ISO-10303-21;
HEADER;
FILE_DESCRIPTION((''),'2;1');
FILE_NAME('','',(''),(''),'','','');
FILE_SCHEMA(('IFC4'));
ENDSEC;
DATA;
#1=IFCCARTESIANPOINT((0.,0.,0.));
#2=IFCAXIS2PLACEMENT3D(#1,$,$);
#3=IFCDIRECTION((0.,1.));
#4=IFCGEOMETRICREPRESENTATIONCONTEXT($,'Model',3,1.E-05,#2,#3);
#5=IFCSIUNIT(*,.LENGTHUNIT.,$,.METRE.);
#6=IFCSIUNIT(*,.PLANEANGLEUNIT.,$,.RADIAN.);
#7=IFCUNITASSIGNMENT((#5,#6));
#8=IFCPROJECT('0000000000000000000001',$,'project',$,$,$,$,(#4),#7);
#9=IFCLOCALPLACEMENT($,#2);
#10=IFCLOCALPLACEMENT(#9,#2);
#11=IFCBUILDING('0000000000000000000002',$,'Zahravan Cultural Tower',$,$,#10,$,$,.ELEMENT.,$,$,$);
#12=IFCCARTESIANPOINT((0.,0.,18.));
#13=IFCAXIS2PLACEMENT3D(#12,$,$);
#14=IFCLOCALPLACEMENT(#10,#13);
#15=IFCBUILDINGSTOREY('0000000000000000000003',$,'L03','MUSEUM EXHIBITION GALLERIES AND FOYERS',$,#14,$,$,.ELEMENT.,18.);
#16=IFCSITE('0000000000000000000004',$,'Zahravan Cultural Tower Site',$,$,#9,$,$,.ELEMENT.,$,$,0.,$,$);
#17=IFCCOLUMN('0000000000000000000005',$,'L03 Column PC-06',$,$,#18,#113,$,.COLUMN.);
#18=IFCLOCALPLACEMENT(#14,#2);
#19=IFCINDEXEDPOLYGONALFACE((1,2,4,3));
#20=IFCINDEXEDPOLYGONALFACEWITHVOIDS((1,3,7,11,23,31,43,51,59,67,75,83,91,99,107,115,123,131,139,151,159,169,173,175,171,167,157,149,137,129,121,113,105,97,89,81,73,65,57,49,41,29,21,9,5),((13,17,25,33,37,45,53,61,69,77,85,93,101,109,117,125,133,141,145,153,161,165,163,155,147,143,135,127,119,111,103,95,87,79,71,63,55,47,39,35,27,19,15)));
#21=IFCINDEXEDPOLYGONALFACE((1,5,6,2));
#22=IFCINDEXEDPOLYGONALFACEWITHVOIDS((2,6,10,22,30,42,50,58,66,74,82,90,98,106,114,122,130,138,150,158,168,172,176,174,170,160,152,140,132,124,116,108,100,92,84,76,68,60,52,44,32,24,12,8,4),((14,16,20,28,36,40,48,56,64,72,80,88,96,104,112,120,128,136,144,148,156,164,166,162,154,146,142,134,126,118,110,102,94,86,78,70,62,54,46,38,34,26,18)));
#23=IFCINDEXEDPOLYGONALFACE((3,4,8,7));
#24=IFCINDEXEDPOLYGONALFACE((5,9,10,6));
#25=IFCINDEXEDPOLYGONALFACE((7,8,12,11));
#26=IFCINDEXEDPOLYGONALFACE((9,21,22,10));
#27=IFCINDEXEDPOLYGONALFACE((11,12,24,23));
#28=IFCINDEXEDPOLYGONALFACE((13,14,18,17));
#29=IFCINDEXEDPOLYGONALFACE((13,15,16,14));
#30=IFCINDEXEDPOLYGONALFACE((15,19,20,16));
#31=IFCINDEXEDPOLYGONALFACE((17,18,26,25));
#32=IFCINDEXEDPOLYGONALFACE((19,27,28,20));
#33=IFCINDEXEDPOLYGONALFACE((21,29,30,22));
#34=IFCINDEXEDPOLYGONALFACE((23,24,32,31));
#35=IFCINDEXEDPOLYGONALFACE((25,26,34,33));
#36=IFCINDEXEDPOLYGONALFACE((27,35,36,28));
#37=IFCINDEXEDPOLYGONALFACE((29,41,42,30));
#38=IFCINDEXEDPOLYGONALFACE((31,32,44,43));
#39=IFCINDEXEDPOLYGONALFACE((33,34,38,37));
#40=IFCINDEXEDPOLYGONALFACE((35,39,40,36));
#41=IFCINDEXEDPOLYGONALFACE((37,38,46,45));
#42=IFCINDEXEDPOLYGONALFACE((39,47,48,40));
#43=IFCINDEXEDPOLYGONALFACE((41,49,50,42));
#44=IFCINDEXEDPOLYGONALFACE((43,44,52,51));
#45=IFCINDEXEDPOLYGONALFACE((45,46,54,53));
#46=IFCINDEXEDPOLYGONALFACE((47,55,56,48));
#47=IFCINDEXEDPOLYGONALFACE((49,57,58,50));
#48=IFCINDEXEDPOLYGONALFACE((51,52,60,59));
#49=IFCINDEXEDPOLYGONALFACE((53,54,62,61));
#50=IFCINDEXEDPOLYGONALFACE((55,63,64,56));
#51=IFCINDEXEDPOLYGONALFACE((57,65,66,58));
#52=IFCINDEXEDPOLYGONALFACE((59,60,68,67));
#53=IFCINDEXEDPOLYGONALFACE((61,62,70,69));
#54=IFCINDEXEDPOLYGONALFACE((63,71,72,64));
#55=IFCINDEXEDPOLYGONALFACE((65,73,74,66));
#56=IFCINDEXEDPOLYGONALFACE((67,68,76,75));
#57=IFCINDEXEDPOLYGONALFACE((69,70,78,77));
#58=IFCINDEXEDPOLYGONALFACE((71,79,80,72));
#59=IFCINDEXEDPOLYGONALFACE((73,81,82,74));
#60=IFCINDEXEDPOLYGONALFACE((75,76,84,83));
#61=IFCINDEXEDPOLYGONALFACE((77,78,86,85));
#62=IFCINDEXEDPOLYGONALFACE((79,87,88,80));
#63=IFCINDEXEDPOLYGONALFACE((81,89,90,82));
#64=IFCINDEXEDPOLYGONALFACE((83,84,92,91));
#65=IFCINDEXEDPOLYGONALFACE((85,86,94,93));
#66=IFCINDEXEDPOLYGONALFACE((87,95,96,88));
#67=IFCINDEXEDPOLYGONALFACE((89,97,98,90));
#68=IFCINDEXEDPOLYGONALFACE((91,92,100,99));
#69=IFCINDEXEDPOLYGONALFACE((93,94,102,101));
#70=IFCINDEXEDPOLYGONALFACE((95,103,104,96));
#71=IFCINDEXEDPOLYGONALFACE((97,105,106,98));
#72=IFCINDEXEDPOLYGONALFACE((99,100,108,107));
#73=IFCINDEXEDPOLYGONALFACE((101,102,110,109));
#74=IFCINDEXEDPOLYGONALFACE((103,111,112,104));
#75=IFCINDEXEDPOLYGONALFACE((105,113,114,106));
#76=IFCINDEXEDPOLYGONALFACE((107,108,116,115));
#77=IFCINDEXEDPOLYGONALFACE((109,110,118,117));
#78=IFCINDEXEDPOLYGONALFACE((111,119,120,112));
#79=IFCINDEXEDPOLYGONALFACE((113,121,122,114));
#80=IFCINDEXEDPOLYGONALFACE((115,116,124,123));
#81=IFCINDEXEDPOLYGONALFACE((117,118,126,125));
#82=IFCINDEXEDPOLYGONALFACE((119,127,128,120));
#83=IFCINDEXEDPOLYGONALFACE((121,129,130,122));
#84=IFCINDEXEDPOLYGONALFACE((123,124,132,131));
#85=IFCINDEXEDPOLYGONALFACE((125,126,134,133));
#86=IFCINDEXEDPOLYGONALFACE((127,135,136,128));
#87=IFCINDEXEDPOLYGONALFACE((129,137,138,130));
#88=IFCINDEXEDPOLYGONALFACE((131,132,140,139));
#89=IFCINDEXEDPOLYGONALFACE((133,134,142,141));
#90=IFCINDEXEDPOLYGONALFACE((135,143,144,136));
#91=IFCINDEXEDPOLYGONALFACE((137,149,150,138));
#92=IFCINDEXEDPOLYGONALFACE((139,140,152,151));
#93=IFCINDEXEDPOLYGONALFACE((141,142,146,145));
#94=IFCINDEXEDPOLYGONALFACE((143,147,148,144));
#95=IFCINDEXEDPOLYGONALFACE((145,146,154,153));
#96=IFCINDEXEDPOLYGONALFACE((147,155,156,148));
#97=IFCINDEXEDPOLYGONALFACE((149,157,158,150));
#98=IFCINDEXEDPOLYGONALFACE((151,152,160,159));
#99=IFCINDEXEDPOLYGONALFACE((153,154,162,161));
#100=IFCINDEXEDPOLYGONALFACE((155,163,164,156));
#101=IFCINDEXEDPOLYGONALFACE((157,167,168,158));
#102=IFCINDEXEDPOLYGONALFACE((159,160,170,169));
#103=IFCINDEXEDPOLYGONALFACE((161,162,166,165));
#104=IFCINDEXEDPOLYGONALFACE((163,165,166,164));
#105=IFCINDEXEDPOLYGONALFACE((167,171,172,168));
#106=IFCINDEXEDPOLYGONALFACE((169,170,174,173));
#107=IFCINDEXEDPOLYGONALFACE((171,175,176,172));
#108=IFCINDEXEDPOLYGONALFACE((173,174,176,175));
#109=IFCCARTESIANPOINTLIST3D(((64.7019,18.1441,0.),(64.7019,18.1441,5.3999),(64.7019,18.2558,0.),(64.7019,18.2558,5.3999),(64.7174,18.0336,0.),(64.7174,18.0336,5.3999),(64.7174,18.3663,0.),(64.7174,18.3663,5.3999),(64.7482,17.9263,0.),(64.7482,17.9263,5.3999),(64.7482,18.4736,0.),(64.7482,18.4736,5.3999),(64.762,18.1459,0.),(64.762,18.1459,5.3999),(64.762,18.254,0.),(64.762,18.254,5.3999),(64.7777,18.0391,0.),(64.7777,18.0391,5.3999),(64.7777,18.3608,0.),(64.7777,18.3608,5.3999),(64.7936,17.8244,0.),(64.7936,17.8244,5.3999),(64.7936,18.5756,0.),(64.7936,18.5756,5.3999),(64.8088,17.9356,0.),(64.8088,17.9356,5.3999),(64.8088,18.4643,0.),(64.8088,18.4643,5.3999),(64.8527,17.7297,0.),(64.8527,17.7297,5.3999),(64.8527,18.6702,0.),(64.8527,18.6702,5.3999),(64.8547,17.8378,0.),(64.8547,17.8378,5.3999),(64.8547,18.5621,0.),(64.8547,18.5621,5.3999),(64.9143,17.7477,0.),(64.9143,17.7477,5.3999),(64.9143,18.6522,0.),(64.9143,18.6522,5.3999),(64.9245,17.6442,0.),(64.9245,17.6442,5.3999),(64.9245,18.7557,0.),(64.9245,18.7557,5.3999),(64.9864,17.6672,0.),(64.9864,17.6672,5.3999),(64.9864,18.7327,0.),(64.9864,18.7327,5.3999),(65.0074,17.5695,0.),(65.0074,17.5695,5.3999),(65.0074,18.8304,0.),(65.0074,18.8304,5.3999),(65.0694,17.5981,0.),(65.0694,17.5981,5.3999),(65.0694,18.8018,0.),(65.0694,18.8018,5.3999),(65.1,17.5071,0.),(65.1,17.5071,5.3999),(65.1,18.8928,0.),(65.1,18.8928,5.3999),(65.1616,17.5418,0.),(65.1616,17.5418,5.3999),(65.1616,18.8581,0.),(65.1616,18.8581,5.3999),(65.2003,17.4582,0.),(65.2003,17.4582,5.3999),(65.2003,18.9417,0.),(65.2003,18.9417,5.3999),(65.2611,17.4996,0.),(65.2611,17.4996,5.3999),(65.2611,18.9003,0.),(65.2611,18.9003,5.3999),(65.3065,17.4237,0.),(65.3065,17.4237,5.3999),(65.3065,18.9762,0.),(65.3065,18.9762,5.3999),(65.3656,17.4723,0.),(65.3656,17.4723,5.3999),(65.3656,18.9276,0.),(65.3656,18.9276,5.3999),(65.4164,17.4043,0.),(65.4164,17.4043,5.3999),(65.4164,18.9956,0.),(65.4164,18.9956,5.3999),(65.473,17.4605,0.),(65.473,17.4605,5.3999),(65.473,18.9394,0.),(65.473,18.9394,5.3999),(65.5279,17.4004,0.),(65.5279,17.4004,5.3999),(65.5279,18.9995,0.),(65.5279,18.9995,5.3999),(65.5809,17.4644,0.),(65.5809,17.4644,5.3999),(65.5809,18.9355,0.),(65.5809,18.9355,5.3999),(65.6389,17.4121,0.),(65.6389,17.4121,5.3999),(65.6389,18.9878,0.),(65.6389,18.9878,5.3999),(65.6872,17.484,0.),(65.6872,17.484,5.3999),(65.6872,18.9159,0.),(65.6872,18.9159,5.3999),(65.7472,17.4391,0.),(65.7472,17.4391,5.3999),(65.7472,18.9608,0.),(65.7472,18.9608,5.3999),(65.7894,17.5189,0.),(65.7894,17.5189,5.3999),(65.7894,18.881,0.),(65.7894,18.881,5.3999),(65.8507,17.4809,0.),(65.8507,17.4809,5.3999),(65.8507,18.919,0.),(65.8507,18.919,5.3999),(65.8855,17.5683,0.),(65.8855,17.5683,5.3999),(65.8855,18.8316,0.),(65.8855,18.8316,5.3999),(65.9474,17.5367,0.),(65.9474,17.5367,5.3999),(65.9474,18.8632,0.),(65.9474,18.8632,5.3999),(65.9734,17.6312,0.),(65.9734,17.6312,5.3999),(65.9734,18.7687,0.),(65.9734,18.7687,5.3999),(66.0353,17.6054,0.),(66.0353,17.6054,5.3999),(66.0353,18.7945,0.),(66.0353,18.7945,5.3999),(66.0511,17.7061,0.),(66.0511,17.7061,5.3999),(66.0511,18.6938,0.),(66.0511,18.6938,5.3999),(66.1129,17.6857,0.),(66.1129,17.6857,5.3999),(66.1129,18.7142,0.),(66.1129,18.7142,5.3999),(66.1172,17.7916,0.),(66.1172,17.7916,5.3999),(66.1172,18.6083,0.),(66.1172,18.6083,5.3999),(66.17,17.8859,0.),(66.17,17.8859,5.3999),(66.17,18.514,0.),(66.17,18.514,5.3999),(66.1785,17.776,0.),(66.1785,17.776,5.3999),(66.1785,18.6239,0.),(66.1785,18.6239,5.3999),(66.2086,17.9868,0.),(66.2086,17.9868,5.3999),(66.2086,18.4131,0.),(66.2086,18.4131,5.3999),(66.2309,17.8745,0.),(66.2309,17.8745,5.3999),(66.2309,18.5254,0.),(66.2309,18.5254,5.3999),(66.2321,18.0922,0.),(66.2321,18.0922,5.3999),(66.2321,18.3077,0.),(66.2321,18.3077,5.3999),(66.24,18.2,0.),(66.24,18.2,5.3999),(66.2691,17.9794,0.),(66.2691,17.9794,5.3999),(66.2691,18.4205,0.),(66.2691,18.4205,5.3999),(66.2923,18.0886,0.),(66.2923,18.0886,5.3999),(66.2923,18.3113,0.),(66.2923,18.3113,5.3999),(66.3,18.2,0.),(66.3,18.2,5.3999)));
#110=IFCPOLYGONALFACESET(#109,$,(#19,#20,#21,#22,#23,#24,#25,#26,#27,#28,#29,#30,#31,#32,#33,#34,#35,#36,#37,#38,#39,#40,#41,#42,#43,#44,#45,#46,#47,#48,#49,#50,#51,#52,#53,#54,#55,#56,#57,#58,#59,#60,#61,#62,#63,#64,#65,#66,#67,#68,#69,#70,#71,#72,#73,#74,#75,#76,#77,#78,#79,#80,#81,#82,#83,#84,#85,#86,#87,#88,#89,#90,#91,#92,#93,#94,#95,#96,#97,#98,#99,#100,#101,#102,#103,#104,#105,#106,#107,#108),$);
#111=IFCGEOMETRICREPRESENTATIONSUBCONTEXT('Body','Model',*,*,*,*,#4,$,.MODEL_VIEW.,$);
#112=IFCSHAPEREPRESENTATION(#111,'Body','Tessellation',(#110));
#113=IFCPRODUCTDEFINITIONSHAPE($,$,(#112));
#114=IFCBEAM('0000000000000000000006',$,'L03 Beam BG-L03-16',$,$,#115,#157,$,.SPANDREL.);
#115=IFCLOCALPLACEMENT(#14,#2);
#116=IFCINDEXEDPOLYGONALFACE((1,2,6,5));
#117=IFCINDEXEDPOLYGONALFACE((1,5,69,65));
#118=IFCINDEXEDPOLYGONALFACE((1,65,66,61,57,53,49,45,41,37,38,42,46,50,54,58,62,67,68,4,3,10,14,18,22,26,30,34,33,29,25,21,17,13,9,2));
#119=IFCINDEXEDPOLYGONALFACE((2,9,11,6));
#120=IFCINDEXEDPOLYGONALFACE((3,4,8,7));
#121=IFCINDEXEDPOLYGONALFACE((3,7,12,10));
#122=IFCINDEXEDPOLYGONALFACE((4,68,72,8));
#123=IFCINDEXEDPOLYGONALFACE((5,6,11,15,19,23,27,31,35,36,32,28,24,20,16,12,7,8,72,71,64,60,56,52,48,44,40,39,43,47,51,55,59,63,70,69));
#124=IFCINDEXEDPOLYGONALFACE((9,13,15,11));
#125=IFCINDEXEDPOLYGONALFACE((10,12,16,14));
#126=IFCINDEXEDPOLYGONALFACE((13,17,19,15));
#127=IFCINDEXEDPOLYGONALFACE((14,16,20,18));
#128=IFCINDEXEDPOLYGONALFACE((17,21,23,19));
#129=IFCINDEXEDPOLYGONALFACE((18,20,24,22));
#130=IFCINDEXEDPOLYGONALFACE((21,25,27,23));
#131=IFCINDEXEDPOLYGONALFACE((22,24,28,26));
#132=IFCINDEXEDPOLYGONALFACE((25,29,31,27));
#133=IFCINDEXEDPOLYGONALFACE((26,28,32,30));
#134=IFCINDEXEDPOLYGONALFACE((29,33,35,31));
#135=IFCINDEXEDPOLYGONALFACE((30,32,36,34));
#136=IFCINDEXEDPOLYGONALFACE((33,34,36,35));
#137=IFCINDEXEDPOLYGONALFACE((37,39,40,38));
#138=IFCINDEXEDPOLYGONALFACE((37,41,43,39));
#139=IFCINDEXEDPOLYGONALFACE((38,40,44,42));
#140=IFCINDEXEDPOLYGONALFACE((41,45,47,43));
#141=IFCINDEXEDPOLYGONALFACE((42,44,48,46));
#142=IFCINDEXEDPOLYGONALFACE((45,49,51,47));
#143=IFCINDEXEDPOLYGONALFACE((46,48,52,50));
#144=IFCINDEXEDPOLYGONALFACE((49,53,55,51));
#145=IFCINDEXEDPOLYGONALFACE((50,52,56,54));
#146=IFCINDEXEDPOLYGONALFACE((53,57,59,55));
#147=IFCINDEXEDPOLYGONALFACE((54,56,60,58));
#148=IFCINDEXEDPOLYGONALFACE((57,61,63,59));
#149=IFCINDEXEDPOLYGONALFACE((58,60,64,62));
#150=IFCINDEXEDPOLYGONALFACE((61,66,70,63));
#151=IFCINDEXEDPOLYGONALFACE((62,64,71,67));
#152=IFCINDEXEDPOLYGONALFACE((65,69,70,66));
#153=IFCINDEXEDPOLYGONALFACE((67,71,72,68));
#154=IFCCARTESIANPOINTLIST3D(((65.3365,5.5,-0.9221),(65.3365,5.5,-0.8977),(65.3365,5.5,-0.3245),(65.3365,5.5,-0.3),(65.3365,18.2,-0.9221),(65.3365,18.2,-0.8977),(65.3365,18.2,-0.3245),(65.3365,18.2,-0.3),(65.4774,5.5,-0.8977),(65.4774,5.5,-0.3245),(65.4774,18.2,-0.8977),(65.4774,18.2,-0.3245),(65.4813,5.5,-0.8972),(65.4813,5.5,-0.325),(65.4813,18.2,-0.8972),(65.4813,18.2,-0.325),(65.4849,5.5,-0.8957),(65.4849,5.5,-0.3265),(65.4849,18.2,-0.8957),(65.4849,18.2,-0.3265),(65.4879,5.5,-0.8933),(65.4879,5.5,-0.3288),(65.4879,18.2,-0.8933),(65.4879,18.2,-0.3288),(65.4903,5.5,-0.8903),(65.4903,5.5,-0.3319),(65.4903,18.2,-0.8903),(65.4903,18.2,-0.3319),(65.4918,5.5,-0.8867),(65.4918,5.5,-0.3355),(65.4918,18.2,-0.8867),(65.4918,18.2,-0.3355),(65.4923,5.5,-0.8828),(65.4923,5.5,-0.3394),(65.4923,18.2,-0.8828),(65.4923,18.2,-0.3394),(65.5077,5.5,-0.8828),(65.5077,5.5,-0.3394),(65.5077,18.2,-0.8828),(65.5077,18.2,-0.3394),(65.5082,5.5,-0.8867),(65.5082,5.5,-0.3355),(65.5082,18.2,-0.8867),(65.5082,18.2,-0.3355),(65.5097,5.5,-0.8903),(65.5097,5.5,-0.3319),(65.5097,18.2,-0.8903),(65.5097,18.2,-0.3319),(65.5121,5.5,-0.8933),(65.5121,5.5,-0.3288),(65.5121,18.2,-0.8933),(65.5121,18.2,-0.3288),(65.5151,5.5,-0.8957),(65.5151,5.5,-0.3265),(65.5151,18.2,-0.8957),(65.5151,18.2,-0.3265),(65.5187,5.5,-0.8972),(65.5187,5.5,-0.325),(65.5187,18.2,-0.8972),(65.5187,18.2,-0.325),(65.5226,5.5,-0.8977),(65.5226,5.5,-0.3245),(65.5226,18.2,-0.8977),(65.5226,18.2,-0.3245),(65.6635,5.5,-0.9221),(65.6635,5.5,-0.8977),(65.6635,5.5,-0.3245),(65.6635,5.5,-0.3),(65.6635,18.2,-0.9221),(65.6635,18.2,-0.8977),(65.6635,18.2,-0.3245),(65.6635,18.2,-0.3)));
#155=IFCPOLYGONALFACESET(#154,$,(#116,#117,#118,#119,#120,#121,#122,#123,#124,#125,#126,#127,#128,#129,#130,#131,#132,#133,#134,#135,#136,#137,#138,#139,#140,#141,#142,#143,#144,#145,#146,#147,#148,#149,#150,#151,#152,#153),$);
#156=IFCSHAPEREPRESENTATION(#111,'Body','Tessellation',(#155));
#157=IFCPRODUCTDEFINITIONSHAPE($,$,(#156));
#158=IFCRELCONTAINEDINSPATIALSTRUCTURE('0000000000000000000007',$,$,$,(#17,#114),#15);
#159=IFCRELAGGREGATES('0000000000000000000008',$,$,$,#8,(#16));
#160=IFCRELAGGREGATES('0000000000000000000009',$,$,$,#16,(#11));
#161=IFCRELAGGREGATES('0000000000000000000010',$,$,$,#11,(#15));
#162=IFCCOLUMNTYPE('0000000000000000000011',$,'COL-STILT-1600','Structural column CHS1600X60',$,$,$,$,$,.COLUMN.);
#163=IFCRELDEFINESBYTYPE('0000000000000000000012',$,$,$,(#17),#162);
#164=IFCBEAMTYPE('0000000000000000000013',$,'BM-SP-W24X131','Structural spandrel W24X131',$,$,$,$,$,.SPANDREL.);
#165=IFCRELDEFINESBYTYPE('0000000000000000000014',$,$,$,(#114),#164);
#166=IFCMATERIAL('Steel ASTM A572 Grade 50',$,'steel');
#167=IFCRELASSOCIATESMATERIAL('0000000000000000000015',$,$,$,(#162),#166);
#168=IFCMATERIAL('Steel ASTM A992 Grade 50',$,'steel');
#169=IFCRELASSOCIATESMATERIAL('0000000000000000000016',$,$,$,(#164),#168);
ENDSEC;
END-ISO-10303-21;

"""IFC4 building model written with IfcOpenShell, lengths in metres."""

from ifc_helpers import new_model, si_unit, direction, frame, origin, origin_2d, place, context, subcontext, project, spatial, hollow_circle, i_section, extrude, source, transform, mapped, material, material_profile, profile_set, type_object, element, save


model = new_model("IFC4")

# Units and contexts
model_context = context("Model", 3, precision=1e-05, world=origin(), true_north=direction((0.0, 1.0)))
body_context = subcontext(model_context, "Body", "Model", "MODEL_VIEW")
ifc_project = project(units=[si_unit("LENGTHUNIT", "METRE"), si_unit("PLANEANGLEUNIT", "RADIAN")], contexts=[model_context])

# Site, building, storey
site_placement = place(None, origin())
site = spatial("IfcSite", under=ifc_project, at=site_placement, Name="Zahravan Cultural Tower Site", CompositionType="ELEMENT", RefElevation=0.0)
building_placement = place(site_placement, origin())
building = spatial("IfcBuilding", under=site, at=building_placement, Name="Zahravan Cultural Tower", CompositionType="ELEMENT")
storey_placement = place(building_placement, frame((0.0, 0.0, 18.0)))
storey = spatial("IfcBuildingStorey", under=building, at=storey_placement, Name="L03", Description="MUSEUM EXHIBITION GALLERIES AND FOYERS", CompositionType="ELEMENT", Elevation=18.0)

# Column
ifc_material_1 = material(Name="Steel ASTM A572 Grade 50", Category="steel")
ifc_material_profile_1 = material_profile(ifc_material_1, hollow_circle(Radius=0.8, WallThickness=0.0601, at=origin_2d()), Name="CHS1600X60")
ifc_profile_set_1 = profile_set([ifc_material_profile_1], Name="Steel ASTM A572 Grade 50")
column_type = type_object("IfcColumnType", Name="COL-STILT-1600", Description="Structural column CHS1600X60", PredefinedType="COLUMN", material=ifc_profile_set_1)
shared_shape_1 = source(origin(), body_context, "Body", "SweptSolid", [
    extrude(hollow_circle(Radius=0.8, WallThickness=0.0601, at=origin_2d()), origin(), (0.0, 0.0, 1.0), 5.3999),
])
for number, where, z_axis, x_axis, name in (
    (1, (65.5, 18.2, 0.0), (0.0, 0.0, 1.0), (1.0, 0.0, 0.0), "L03 Column PC-06"),
):
    element("IfcColumn", number, at=place(storey_placement, frame(where, z_axis=z_axis, x_axis=x_axis)), inside=storey, type_object=column_type, Name=name, PredefinedType="COLUMN", context=body_context, shape_type="MappedRepresentation", body=[
        mapped(shared_shape_1, transform((0.0, 0.0, 0.0), x_axis=(1.0, 0.0, 0.0), y_axis=(0.0, 1.0, 0.0), z_axis=(0.0, 0.0, 1.0), scale=1.0)),
    ])

# Beam
ifc_material_2 = material(Name="Steel ASTM A992 Grade 50", Category="steel")
ifc_material_profile_2 = material_profile(ifc_material_2, i_section(OverallWidth=0.3269, OverallDepth=0.6221, WebThickness=0.0154, FlangeThickness=0.0244, FilletRadius=0.0149, at=origin_2d()), Name="W24X131")
ifc_profile_set_2 = profile_set([ifc_material_profile_2], Name="Steel ASTM A992 Grade 50")
beam_type_1 = type_object("IfcBeamType", Name="BM-SP-W24X131", Description="Structural spandrel W24X131", PredefinedType="SPANDREL", material=ifc_profile_set_2)
shared_shape_2 = source(origin(), body_context, "Body", "SweptSolid", [
    extrude(i_section(OverallWidth=0.3269, OverallDepth=0.6221, WebThickness=0.0154, FlangeThickness=0.0244, FilletRadius=0.0149, at=origin_2d()), origin(), (0.0, 0.0, 1.0), 12.7),
])
beam_1_placement = place(storey_placement, frame((65.5, 5.5, -0.6111), z_axis=(0.0, 1.0, 0.0), x_axis=(-1.0, 0.0, 0.0)))
element("IfcBeam", 2, at=beam_1_placement, inside=storey, type_object=beam_type_1, Name="L03 Beam BG-L03-16", PredefinedType="SPANDREL", context=body_context, shape_type="MappedRepresentation", body=[
    mapped(shared_shape_2, transform((0.0, 0.0, 0.0), x_axis=(1.0, 0.0, 0.0), y_axis=(0.0, 1.0, 0.0), z_axis=(0.0, 0.0, 1.0), scale=1.0)),
])

save(model, "model.ifc")
